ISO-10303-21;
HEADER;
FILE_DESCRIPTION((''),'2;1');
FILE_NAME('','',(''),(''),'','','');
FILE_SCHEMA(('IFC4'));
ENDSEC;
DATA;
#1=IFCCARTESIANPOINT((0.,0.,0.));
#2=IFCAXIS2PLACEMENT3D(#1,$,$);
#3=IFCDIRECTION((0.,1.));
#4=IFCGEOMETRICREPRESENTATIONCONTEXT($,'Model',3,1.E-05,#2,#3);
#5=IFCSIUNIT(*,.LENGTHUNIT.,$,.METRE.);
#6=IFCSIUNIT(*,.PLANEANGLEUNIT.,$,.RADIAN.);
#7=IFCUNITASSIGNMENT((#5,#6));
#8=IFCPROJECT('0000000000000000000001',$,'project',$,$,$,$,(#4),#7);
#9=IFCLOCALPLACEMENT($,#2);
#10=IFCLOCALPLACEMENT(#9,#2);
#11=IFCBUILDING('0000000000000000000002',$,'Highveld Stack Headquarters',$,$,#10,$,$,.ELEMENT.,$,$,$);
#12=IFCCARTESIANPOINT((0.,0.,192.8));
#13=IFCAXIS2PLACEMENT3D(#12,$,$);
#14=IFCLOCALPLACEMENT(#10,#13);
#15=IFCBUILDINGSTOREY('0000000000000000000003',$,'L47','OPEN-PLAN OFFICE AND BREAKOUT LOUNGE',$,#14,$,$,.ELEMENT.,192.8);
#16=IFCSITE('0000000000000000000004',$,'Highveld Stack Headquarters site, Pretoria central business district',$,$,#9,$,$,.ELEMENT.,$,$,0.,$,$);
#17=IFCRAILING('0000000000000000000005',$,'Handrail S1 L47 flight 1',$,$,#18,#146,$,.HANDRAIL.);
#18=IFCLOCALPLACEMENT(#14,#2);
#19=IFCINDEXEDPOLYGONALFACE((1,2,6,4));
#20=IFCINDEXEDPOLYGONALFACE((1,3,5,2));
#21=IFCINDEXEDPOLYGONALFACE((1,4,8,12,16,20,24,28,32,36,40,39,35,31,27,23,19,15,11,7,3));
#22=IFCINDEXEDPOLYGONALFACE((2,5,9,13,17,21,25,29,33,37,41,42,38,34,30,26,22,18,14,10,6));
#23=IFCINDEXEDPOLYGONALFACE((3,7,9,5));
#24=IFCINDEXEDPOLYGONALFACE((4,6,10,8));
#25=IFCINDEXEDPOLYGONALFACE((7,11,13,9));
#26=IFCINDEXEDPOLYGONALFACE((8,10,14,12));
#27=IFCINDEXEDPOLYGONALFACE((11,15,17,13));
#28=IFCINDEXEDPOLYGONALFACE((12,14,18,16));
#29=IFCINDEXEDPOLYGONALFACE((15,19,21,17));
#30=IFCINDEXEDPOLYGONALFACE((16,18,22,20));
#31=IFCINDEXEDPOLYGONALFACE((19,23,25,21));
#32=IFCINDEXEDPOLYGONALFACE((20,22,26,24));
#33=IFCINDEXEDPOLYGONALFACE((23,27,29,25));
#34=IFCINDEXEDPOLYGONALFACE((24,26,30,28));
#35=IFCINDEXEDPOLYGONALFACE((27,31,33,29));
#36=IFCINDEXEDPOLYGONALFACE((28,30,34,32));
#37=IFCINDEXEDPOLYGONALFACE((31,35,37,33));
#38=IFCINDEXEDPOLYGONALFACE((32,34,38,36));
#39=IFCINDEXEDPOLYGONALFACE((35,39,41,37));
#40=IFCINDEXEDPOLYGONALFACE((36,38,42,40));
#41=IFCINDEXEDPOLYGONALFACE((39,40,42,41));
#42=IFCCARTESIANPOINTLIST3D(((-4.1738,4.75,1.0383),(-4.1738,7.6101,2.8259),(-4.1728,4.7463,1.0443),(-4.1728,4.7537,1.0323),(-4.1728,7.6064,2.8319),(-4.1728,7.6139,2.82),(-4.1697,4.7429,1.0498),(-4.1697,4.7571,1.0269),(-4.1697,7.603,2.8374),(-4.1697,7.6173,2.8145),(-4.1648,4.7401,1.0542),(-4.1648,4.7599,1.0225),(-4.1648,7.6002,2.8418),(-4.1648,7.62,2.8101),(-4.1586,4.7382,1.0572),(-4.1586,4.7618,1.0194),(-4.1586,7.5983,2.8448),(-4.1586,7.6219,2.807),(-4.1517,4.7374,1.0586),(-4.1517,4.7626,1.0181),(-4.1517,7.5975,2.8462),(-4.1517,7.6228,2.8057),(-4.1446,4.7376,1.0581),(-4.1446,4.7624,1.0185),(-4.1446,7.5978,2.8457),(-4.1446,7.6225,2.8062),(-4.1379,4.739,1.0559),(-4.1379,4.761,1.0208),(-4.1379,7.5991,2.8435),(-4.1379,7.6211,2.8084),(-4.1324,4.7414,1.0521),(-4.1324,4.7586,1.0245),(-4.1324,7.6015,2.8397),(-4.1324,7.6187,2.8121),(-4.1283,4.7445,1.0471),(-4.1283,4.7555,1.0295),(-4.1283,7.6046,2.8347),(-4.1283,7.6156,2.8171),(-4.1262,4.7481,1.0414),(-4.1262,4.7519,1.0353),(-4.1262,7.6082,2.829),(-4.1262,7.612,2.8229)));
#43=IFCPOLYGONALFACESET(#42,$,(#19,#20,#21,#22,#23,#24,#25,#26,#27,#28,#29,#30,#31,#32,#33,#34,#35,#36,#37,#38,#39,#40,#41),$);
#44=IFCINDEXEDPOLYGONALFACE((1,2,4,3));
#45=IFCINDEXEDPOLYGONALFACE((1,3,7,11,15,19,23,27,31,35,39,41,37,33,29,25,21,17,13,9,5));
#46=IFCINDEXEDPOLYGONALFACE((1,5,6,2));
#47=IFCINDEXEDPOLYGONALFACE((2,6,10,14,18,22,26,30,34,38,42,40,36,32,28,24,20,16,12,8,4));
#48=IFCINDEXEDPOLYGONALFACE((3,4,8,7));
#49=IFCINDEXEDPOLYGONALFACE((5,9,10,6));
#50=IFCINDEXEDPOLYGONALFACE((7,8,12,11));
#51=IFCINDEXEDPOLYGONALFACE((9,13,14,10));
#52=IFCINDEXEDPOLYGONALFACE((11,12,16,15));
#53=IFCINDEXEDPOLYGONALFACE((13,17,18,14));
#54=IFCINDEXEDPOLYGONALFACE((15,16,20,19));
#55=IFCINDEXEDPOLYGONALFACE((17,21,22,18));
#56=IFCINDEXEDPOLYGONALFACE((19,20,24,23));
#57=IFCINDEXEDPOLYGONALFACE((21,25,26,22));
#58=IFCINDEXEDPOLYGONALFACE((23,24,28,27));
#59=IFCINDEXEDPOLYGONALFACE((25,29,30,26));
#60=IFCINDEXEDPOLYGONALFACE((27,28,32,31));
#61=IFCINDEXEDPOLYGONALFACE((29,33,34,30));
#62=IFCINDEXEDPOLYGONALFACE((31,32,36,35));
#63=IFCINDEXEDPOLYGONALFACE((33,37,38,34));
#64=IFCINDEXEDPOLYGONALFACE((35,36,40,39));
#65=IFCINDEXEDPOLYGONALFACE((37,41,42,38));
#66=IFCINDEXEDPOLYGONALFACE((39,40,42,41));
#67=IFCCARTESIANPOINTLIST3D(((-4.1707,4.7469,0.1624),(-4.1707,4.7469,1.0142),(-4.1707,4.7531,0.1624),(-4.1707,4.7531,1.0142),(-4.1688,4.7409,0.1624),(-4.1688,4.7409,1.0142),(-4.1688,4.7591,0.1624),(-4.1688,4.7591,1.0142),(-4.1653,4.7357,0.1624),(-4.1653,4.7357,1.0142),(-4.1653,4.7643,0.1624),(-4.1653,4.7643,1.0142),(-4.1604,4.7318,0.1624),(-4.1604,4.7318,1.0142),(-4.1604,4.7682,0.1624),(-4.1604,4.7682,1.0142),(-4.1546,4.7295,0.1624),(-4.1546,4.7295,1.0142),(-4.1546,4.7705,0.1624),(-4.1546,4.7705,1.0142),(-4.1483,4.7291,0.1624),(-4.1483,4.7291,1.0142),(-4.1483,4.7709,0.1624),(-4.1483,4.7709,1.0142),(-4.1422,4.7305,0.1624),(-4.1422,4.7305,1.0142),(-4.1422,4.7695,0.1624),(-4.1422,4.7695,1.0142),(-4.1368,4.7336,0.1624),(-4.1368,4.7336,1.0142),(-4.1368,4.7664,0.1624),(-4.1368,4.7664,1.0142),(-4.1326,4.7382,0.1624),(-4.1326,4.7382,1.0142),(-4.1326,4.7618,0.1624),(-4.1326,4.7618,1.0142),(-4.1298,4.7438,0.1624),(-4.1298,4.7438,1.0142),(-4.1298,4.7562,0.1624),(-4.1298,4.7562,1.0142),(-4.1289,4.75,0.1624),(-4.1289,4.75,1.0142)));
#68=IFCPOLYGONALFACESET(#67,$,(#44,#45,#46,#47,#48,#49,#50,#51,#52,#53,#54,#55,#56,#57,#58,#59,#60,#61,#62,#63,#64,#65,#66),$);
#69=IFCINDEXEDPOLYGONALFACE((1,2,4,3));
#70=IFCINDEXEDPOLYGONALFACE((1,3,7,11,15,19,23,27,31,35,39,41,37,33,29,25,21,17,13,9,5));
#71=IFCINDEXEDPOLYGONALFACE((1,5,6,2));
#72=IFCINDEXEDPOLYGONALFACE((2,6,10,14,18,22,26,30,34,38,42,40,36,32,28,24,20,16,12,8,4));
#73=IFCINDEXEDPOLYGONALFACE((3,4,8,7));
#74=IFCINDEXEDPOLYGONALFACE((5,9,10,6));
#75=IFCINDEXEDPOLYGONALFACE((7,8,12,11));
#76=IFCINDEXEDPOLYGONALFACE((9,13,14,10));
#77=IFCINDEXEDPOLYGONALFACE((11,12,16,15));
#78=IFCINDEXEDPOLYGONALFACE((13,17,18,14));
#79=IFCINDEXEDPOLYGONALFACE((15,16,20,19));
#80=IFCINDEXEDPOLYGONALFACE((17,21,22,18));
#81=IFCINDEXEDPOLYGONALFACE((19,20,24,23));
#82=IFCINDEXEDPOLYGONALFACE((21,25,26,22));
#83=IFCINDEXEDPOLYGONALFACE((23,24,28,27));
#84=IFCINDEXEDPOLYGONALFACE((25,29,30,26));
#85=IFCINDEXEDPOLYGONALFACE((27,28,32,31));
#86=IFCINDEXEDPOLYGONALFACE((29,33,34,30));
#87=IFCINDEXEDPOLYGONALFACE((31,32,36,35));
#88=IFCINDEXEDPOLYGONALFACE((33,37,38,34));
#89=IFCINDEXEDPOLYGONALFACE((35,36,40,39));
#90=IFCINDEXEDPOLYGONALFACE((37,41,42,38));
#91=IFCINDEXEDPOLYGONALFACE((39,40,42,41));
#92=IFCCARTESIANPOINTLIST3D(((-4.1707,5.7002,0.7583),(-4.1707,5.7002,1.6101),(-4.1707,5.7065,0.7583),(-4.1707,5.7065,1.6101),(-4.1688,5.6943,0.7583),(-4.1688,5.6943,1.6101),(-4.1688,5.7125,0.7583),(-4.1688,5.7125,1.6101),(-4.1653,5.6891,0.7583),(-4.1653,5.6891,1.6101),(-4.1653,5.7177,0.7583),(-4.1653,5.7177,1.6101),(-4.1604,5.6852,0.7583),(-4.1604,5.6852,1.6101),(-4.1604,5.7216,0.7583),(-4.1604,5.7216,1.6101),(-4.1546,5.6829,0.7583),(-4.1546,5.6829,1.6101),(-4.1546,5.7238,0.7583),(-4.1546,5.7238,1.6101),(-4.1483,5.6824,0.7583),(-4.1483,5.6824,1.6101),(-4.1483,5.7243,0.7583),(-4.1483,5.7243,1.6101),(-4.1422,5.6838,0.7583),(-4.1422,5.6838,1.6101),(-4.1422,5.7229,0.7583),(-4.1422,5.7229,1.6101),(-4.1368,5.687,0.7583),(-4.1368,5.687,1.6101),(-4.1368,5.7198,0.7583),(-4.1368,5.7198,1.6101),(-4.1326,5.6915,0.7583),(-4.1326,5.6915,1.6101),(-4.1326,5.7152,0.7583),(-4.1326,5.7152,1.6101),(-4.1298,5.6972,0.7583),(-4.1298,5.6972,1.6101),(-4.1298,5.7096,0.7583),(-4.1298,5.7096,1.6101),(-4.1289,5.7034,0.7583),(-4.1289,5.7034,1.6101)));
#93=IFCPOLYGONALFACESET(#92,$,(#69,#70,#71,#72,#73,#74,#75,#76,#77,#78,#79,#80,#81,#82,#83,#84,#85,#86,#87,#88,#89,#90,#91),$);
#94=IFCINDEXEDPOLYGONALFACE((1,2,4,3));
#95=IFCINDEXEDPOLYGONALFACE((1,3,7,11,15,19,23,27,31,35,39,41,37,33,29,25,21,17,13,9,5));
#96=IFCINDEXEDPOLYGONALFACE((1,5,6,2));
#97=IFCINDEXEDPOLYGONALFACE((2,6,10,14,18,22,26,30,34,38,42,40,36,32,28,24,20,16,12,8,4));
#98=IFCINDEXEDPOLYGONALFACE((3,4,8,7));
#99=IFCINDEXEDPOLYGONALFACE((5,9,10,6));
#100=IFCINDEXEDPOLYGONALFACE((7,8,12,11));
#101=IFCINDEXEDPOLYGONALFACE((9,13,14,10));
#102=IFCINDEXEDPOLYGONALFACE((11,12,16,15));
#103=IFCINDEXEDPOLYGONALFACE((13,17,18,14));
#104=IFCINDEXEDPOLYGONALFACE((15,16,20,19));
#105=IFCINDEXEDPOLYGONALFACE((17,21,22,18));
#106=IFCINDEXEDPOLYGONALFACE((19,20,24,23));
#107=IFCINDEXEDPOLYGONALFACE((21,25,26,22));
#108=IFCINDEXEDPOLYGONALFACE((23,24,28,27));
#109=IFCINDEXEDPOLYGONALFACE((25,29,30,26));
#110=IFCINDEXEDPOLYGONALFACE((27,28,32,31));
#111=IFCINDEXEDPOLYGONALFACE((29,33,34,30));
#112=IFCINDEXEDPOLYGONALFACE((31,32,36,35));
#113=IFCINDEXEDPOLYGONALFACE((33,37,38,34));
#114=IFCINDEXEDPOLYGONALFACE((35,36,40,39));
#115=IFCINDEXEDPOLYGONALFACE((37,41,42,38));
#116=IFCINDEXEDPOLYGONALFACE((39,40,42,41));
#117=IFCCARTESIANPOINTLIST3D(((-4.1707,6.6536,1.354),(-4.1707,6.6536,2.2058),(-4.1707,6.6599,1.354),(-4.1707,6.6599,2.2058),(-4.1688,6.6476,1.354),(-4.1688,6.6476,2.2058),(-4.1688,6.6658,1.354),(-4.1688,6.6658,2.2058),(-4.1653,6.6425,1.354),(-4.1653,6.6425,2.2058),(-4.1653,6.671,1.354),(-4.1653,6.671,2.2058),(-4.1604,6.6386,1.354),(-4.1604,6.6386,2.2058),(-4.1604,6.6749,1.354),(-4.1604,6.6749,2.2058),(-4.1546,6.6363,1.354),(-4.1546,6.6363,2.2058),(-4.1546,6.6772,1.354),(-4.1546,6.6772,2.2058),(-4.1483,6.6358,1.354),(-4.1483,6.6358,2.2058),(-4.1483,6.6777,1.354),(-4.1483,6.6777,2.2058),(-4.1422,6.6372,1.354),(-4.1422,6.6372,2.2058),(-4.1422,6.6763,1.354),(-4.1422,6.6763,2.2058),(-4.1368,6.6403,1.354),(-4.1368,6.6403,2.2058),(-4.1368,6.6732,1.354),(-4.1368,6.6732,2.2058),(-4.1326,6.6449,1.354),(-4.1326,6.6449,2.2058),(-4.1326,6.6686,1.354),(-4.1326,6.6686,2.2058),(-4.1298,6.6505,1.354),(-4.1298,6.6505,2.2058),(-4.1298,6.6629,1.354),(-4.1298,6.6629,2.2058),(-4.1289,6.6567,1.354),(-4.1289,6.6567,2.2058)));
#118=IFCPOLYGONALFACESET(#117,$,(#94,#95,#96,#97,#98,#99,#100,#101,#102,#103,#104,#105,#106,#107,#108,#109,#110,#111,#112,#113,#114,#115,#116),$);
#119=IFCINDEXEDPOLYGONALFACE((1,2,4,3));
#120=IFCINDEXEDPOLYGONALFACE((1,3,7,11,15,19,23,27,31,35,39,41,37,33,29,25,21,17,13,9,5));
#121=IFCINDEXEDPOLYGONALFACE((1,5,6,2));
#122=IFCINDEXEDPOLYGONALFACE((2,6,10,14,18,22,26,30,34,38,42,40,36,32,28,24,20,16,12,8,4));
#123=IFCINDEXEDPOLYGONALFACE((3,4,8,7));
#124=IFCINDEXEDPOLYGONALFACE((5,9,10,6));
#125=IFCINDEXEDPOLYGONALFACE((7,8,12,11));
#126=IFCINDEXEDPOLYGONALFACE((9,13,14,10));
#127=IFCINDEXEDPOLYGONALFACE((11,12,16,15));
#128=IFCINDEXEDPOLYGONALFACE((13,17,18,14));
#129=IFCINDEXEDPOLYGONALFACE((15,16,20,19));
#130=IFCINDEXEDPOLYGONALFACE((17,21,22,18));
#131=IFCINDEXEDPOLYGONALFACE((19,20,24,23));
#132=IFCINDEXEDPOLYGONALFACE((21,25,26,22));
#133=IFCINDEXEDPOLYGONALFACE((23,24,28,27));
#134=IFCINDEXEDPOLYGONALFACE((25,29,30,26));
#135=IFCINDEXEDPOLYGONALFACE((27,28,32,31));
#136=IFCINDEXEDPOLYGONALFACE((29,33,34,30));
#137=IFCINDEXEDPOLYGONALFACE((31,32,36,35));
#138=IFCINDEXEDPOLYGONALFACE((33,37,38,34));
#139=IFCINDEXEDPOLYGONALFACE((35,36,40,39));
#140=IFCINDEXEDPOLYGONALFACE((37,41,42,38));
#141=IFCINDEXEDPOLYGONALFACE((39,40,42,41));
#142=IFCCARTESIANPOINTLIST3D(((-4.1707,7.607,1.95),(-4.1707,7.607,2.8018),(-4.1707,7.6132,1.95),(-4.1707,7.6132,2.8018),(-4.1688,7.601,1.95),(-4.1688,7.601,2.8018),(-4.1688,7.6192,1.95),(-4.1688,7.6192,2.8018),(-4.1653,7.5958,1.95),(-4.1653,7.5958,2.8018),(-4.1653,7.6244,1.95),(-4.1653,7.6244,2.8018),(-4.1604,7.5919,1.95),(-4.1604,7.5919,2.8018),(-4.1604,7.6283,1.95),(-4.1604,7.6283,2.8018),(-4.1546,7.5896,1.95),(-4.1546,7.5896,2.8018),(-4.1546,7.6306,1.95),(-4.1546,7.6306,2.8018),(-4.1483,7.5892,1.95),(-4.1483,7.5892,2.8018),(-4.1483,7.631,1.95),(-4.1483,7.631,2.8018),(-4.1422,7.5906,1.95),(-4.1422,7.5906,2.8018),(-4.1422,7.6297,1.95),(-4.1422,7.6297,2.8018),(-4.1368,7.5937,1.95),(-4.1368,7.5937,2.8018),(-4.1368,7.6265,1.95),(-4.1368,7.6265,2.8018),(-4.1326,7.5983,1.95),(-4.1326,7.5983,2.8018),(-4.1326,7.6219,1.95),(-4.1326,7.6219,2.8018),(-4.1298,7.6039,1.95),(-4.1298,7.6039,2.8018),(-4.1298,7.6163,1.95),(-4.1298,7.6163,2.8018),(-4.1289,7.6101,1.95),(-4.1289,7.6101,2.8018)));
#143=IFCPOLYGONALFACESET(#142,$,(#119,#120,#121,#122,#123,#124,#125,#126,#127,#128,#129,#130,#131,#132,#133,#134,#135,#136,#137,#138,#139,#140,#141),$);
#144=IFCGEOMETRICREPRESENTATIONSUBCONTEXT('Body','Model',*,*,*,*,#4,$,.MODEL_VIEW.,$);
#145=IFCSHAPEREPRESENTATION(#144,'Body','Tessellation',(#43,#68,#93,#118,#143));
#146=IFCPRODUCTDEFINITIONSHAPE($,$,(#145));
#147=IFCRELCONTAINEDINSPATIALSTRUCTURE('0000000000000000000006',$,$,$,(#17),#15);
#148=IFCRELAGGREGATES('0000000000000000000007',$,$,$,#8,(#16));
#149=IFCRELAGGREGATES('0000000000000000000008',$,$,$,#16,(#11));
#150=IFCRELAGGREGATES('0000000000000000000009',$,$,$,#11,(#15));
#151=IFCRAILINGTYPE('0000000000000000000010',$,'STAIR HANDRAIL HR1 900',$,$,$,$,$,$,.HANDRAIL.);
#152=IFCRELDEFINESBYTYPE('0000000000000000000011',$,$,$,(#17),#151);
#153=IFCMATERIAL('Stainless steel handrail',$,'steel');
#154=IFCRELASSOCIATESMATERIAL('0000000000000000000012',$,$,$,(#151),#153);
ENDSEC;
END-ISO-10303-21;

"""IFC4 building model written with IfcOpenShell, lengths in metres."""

from ifc_helpers import new_model, si_unit, direction, frame, origin, origin_2d, place, context, subcontext, project, spatial, circle, extrude, material, type_object, element, save


model = new_model("IFC4")

# Units and contexts
model_context = context("Model", 3, precision=1e-05, world=origin(), true_north=direction((0.0, 1.0)))
body_context = subcontext(model_context, "Body", "Model", "MODEL_VIEW")
ifc_project = project(units=[si_unit("LENGTHUNIT", "METRE"), si_unit("PLANEANGLEUNIT", "RADIAN")], contexts=[model_context])

# Site, building, storey
site_placement = place(None, origin())
site = spatial("IfcSite", under=ifc_project, at=site_placement, Name="Highveld Stack Headquarters site, Pretoria central business district", CompositionType="ELEMENT", RefElevation=0.0)
building_placement = place(site_placement, origin())
building = spatial("IfcBuilding", under=site, at=building_placement, Name="Highveld Stack Headquarters", CompositionType="ELEMENT")
storey_placement = place(building_placement, frame((0.0, 0.0, 192.8)))
storey = spatial("IfcBuildingStorey", under=building, at=storey_placement, Name="L47", Description="OPEN-PLAN OFFICE AND BREAKOUT LOUNGE", CompositionType="ELEMENT", Elevation=192.8)

# Railing
ifc_material_1 = material(Name="Stainless steel handrail", Category="steel")
railing_type = type_object("IfcRailingType", Name="STAIR HANDRAIL HR1 900", PredefinedType="HANDRAIL", material=ifc_material_1)
for number, where, name in (
    (1, (-4.1499, 4.75, 0.1624), "Handrail S1 L47 flight 1"),
):
    element("IfcRailing", number, at=place(storey_placement, frame(where)), inside=storey, type_object=railing_type, Name=name, PredefinedType="HANDRAIL", context=body_context, shape_type="SweptSolid", body=[
        extrude(circle(Radius=0.0239, at=origin_2d()), frame((0.0, 0.0, 0.876), z_axis=(0.0, 0.847994, 0.530005), x_axis=(-1.0, 0.0, 0.0)), (0.0, 0.0, 1.0), 3.3728),
        extrude(circle(Radius=0.021, at=origin_2d()), origin(), (0.0, 0.0, 1.0), 0.8518),
        extrude(circle(Radius=0.021, at=origin_2d()), frame((0.0, 0.9534, 0.5959)), (0.0, 0.0, 1.0), 0.8518),
        extrude(circle(Radius=0.021, at=origin_2d()), frame((0.0, 1.9067, 1.1917)), (0.0, 0.0, 1.0), 0.8518),
        extrude(circle(Radius=0.021, at=origin_2d()), frame((0.0, 2.8601, 1.7876)), (0.0, 0.0, 1.0), 0.8518),
    ])

save(model, "model.ifc")
